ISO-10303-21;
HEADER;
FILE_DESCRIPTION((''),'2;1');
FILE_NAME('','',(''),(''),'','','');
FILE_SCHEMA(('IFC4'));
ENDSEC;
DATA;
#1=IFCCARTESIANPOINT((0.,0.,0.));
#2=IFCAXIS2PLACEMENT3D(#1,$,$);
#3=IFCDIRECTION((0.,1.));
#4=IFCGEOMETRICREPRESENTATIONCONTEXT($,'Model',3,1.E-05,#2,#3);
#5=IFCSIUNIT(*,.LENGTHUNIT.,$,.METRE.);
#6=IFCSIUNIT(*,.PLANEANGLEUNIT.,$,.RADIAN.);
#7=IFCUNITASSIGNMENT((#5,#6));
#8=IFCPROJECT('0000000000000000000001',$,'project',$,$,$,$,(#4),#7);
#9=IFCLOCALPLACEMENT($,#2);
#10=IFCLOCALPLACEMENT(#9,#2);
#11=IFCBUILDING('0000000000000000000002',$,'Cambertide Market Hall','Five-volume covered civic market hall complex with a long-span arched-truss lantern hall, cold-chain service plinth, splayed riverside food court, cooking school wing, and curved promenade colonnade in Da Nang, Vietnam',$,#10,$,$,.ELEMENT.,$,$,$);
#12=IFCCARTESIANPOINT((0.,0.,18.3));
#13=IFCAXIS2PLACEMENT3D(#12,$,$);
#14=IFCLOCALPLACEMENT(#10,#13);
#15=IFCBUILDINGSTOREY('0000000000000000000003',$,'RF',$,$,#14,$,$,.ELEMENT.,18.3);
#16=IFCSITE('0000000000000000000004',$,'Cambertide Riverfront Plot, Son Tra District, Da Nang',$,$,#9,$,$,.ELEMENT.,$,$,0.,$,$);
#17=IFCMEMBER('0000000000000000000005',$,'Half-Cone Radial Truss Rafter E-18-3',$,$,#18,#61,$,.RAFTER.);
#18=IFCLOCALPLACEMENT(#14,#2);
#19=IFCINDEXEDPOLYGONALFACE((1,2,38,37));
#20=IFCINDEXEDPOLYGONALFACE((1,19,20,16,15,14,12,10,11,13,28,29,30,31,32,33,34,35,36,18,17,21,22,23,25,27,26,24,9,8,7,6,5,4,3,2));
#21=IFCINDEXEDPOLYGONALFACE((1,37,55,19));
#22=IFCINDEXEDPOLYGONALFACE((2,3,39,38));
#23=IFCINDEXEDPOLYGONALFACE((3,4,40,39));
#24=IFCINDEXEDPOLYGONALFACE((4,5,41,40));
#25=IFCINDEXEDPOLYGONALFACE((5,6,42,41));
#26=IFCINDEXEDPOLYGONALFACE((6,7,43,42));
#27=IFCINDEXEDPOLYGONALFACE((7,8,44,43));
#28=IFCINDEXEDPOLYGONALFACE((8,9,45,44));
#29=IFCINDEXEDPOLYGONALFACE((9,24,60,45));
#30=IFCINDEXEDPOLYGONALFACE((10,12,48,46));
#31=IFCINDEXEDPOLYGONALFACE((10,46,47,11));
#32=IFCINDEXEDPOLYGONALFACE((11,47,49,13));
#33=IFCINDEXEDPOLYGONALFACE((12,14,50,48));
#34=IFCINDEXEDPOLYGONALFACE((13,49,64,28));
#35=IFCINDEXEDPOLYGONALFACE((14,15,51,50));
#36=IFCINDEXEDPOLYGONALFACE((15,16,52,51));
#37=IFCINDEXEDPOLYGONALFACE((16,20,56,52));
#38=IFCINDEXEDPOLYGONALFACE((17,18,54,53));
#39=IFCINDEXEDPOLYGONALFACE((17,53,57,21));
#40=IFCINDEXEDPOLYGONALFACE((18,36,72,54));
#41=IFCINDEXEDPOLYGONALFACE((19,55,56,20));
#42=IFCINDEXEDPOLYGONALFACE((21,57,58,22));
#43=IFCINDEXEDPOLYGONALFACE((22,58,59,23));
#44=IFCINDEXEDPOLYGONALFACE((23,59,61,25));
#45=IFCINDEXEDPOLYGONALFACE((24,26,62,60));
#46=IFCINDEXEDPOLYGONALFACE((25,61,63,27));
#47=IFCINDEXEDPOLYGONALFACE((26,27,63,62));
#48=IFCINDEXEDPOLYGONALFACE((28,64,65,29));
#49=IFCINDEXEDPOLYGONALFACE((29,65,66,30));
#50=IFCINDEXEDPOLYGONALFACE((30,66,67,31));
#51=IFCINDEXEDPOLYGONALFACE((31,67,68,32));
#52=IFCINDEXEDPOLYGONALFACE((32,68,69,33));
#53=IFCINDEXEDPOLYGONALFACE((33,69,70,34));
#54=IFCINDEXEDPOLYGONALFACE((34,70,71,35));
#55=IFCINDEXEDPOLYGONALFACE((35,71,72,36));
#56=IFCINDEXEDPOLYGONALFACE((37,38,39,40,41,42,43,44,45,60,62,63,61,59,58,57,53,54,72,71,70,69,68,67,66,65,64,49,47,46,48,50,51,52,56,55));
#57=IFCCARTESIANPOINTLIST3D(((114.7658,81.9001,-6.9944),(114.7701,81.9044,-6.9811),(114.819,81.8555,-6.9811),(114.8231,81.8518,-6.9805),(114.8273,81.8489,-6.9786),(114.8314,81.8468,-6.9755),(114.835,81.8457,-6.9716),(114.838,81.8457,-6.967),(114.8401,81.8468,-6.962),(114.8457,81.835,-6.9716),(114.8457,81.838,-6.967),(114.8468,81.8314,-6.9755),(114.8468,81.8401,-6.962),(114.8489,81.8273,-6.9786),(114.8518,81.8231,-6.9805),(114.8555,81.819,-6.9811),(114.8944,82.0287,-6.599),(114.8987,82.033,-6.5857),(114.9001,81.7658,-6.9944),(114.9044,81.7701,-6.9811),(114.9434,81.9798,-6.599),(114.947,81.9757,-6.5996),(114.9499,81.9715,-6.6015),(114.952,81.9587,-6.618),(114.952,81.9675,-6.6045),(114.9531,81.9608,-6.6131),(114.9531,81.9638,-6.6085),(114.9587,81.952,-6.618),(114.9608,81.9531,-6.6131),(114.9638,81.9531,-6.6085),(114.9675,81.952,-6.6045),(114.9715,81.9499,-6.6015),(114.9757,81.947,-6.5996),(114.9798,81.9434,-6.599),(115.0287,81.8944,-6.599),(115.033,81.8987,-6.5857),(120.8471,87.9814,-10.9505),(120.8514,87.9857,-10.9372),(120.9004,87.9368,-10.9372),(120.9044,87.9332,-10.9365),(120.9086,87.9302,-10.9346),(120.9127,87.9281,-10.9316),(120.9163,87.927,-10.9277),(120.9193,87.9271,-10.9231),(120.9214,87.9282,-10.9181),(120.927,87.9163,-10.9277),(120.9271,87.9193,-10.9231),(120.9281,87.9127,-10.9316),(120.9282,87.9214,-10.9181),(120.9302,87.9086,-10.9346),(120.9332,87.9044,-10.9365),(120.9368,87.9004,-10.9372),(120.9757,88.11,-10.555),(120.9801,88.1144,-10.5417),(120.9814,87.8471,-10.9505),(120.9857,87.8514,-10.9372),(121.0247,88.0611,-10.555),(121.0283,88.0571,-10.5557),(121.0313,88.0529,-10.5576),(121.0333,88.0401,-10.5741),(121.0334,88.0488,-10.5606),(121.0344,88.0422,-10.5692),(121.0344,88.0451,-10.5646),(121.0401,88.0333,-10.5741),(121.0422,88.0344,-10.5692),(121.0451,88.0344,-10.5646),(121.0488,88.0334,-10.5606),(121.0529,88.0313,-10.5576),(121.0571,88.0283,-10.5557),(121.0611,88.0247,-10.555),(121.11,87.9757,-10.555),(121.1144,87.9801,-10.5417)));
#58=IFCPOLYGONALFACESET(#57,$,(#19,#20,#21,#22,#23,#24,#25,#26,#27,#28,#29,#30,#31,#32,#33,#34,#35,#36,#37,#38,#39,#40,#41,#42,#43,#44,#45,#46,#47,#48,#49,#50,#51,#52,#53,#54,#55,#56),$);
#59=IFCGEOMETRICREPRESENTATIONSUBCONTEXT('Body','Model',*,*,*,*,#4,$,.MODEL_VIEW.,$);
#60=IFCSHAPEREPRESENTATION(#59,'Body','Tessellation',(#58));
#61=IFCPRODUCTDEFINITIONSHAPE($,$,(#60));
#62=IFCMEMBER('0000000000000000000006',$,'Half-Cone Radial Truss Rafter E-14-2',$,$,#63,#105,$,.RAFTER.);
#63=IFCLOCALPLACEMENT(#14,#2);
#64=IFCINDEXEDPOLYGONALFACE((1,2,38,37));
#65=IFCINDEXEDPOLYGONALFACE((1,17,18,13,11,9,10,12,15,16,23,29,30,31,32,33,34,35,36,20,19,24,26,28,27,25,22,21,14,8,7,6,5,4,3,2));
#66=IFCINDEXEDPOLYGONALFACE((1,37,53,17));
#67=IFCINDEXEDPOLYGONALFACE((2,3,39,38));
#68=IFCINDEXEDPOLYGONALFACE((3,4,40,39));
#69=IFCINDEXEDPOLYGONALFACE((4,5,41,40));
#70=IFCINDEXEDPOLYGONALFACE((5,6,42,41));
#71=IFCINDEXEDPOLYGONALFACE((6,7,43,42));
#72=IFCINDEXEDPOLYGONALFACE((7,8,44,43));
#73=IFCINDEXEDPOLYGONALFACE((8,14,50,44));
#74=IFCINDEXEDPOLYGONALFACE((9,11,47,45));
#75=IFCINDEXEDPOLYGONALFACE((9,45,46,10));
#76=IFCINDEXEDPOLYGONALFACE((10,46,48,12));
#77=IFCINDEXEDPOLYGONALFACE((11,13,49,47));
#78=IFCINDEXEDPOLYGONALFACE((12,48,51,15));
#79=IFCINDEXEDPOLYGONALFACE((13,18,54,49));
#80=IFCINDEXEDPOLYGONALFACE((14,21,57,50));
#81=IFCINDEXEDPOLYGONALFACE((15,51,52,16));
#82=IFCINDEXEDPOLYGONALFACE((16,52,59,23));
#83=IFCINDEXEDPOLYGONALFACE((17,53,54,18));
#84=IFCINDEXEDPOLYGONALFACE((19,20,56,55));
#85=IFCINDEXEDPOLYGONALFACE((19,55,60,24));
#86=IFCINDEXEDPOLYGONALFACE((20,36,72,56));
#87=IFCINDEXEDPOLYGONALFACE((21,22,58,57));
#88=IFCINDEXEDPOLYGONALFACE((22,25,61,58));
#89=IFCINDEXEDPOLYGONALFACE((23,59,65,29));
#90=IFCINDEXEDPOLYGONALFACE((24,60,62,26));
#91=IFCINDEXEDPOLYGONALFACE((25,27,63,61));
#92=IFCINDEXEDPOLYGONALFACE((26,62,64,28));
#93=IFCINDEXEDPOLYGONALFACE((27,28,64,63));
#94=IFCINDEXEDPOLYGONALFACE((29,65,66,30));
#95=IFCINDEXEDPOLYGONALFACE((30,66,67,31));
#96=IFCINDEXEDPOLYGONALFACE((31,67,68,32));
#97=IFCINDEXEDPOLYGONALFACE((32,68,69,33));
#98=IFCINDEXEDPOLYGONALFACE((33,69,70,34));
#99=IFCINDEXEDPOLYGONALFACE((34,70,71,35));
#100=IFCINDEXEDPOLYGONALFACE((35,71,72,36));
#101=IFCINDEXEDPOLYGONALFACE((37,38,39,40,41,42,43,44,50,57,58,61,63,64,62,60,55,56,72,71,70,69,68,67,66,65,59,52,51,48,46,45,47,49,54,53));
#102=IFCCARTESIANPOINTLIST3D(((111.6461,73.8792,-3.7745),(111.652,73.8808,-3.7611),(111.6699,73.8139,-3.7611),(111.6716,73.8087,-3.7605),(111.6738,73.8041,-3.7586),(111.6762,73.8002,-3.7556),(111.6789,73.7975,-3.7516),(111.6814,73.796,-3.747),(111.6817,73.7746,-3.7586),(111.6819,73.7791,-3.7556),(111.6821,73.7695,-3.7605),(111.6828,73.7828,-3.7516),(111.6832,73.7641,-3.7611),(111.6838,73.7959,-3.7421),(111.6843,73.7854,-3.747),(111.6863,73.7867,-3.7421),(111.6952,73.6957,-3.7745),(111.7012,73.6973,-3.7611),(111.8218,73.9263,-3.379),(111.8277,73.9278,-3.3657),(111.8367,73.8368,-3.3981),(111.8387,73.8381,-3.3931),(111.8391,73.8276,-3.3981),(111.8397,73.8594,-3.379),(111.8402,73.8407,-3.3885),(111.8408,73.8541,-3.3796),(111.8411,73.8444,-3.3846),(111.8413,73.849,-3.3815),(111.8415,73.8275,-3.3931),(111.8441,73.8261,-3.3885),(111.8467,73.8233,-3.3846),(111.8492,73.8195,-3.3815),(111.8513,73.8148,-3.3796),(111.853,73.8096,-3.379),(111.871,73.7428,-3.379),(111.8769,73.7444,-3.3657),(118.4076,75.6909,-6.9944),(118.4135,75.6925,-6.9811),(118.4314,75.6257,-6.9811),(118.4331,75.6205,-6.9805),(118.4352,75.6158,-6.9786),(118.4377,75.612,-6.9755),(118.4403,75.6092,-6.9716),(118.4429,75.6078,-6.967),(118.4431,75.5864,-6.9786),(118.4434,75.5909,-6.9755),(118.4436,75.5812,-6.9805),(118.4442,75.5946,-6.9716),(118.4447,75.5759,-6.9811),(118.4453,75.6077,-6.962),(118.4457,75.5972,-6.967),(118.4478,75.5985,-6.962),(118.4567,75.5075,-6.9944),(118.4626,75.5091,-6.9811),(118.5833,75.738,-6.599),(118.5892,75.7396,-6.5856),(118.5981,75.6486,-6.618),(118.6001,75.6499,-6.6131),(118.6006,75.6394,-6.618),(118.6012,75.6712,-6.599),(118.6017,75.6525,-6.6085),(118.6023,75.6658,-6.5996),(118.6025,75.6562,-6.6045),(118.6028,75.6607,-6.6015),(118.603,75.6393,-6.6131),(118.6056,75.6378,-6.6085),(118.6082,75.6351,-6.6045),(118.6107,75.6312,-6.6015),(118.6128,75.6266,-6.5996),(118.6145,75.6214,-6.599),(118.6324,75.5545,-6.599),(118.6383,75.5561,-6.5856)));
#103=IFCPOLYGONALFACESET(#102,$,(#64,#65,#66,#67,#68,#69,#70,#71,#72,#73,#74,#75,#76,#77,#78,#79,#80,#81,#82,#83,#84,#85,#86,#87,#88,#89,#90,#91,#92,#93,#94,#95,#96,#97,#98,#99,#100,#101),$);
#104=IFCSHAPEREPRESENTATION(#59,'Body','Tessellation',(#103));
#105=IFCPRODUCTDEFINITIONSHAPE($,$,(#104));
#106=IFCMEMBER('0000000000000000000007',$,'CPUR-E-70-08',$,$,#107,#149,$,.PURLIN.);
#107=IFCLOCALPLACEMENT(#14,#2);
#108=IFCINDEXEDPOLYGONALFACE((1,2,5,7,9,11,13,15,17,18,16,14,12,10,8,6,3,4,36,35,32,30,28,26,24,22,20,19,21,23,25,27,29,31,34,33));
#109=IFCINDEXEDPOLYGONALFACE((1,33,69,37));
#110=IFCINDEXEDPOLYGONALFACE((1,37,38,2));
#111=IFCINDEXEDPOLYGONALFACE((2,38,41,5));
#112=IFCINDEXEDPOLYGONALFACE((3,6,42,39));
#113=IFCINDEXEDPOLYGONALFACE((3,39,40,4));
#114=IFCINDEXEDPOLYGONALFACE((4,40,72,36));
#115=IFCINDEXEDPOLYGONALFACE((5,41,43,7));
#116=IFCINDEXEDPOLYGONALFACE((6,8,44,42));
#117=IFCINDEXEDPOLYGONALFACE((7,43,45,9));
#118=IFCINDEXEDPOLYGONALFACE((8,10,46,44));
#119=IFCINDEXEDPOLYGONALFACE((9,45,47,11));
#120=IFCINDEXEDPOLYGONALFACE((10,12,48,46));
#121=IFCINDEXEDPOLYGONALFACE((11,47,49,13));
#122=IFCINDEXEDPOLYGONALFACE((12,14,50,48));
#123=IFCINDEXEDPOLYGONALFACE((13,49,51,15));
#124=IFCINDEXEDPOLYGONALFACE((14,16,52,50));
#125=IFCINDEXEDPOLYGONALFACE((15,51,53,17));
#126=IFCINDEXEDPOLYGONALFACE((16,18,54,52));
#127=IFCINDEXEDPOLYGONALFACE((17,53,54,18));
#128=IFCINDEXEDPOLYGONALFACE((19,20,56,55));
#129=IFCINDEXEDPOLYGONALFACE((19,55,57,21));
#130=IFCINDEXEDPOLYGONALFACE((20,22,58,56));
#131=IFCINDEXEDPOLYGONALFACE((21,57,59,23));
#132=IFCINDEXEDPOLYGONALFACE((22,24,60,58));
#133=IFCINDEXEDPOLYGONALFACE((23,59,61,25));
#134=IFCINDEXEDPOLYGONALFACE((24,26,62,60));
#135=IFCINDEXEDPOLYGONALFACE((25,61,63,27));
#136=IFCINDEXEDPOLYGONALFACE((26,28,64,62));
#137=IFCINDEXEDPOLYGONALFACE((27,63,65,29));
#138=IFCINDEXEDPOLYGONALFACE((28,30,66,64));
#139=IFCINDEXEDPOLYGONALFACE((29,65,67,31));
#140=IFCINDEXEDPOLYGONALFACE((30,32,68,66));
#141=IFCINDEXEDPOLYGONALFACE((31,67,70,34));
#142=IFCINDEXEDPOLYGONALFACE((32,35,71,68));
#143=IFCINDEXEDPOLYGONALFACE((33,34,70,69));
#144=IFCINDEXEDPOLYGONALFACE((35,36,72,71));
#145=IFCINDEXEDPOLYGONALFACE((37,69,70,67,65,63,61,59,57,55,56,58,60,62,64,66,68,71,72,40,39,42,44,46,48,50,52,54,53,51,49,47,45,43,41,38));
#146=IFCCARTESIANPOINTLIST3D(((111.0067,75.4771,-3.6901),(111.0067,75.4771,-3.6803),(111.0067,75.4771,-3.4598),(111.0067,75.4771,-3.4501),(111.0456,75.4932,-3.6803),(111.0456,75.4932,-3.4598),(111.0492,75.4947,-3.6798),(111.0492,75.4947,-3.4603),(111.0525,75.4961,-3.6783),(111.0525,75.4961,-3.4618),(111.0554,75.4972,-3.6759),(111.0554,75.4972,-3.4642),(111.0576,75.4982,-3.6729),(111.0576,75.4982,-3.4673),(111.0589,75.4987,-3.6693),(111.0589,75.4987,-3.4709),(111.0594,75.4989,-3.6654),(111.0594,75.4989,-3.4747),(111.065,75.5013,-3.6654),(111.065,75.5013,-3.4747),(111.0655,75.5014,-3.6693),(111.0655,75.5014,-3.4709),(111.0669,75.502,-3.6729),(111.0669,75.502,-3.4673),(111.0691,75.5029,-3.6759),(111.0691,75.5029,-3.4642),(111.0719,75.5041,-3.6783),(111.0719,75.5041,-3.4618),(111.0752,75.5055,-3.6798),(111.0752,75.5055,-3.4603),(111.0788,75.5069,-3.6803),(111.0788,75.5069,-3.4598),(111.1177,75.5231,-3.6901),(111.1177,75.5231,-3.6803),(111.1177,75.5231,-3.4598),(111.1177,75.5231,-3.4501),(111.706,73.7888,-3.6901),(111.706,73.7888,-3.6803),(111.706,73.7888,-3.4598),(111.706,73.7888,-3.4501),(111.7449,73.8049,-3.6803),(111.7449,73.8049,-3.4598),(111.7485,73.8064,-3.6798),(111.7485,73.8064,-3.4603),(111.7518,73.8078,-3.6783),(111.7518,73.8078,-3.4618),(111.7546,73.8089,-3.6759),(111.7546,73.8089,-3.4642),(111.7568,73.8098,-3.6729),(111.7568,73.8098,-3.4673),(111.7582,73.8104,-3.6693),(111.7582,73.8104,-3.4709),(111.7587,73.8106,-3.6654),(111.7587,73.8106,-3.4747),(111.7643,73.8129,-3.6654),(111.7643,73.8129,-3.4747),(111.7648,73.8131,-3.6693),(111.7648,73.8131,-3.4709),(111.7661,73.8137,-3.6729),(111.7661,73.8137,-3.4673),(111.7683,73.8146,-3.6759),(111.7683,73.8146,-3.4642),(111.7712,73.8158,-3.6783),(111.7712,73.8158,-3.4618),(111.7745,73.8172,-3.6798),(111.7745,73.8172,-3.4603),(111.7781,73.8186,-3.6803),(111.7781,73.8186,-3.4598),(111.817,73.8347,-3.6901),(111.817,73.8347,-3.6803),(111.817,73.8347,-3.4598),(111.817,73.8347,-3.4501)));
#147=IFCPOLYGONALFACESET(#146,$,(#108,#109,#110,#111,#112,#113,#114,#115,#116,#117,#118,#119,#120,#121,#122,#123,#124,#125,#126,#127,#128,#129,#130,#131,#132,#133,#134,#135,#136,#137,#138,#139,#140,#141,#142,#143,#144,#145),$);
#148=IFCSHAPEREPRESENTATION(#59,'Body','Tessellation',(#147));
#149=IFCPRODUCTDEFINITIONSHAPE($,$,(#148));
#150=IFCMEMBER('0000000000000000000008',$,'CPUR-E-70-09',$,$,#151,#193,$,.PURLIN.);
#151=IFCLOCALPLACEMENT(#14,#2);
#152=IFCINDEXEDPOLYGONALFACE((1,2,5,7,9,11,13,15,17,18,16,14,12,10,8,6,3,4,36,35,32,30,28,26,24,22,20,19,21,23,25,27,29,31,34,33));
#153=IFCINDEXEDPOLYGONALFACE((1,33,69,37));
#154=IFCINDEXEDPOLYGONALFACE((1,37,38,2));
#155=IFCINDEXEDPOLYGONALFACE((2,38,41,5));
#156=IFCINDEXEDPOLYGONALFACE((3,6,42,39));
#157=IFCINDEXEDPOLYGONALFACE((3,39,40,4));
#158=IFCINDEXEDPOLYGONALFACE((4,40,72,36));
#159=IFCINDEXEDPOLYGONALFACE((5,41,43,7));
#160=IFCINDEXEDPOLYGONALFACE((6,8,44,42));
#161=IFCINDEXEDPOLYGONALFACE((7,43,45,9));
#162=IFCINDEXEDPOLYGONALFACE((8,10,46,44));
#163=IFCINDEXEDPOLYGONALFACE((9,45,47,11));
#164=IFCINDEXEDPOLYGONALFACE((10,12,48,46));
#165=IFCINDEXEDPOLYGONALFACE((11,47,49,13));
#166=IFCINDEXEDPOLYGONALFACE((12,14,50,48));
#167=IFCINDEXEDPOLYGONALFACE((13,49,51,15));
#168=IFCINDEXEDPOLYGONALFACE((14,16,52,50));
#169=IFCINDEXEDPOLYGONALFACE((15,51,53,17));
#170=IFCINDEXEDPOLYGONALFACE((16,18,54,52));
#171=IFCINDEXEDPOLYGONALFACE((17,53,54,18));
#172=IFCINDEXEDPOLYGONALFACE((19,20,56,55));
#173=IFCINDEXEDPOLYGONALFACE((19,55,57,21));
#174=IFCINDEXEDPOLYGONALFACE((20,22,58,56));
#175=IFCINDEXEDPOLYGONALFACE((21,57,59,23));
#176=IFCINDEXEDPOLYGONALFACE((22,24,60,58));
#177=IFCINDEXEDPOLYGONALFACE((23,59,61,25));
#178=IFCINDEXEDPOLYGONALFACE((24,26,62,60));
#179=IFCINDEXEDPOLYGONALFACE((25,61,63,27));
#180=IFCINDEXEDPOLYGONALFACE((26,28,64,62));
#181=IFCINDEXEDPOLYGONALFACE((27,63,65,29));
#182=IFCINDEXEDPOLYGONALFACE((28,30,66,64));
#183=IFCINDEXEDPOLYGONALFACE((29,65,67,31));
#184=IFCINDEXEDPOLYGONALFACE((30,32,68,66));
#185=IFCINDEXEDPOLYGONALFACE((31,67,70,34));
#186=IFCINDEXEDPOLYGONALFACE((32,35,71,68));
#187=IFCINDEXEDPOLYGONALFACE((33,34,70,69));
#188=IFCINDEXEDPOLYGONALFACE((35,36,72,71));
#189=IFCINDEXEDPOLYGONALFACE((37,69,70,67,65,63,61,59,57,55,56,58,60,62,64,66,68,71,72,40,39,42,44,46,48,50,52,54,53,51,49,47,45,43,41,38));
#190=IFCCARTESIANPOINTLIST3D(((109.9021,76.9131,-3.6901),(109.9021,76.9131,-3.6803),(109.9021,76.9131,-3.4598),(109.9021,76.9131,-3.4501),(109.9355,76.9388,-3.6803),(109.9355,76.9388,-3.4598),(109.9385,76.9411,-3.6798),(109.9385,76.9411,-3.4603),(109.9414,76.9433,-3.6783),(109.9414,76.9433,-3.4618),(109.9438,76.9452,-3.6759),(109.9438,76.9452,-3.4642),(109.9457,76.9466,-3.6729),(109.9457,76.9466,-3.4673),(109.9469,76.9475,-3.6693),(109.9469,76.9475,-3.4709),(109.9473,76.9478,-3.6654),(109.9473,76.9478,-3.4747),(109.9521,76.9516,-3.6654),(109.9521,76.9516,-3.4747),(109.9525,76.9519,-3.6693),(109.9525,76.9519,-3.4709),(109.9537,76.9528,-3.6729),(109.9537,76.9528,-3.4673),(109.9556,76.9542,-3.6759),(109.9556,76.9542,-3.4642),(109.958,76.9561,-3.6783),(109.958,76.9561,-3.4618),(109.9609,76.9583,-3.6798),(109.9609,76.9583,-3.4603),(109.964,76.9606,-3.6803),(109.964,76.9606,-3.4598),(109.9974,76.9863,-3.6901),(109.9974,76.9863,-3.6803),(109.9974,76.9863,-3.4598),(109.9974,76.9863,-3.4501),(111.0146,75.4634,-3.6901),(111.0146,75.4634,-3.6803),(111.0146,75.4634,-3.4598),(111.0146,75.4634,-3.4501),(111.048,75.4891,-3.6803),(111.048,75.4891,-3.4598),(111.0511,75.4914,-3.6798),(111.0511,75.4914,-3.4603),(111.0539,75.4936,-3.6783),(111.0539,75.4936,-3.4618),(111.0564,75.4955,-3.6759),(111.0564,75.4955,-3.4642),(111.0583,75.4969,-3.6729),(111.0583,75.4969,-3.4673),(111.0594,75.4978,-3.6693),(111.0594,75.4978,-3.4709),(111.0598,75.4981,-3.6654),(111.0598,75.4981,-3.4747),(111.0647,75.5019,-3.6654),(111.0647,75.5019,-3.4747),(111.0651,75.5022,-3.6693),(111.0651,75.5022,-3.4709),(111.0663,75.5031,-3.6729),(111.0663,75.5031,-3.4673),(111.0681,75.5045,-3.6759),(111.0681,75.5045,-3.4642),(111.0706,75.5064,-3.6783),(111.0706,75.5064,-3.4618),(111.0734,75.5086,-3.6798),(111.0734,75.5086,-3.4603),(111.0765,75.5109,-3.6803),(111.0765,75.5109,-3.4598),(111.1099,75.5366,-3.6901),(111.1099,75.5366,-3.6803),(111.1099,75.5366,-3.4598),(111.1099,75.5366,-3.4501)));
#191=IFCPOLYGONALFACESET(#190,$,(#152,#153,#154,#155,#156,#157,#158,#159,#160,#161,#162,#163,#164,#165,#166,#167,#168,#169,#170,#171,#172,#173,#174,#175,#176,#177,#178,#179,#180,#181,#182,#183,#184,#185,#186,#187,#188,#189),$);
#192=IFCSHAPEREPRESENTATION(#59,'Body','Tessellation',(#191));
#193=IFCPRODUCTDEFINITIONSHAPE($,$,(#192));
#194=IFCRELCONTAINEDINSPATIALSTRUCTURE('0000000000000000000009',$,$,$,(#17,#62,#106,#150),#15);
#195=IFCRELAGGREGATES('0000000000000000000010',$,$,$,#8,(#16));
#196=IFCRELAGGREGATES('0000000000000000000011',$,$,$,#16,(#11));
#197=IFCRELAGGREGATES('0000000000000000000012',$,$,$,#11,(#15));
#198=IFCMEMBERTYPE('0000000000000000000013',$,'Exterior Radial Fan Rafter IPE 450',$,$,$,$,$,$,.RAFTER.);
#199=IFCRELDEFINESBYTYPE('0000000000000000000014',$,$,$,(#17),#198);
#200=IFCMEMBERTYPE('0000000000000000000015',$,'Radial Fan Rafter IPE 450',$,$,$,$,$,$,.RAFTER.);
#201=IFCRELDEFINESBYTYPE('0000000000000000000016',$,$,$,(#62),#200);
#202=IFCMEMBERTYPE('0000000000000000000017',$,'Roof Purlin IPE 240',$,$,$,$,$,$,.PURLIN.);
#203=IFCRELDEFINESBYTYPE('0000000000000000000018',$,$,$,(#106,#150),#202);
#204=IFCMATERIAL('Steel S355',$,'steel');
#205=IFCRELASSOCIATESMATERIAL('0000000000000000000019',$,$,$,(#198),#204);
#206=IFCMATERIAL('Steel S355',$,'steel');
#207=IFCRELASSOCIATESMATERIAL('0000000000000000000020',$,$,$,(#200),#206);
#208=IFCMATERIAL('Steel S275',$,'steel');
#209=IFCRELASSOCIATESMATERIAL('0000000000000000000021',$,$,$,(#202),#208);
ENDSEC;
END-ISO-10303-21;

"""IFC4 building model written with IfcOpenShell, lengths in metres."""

from ifc_helpers import new_model, si_unit, direction, frame, origin, origin_2d, place, context, subcontext, project, spatial, i_section, extrude, material, material_profile, profile_set, type_object, element, save


model = new_model("IFC4")

# Units and contexts
model_context = context("Model", 3, precision=1e-05, world=origin(), true_north=direction((0.0, 1.0)))
body_context = subcontext(model_context, "Body", "Model", "MODEL_VIEW")
ifc_project = project(units=[si_unit("LENGTHUNIT", "METRE"), si_unit("PLANEANGLEUNIT", "RADIAN")], contexts=[model_context])

# Site, building, storey
site_placement = place(None, origin())
site = spatial("IfcSite", under=ifc_project, at=site_placement, Name="Cambertide Riverfront Plot, Son Tra District, Da Nang", CompositionType="ELEMENT", RefElevation=0.0)
building_placement = place(site_placement, origin())
building = spatial("IfcBuilding", under=site, at=building_placement, Name="Cambertide Market Hall", Description="Five-volume covered civic market hall complex with a long-span arched-truss lantern hall, cold-chain service plinth, splayed riverside food court, cooking school wing, and curved promenade colonnade in Da Nang, Vietnam", CompositionType="ELEMENT")
storey_placement = place(building_placement, frame((0.0, 0.0, 18.3)))
storey = spatial("IfcBuildingStorey", under=building, at=storey_placement, Name="RF", CompositionType="ELEMENT", Elevation=18.3)

# Members
ifc_material_1 = material(Name="Steel S355", Category="steel")
ifc_material_profile_1 = material_profile(ifc_material_1, i_section(OverallWidth=0.1899, OverallDepth=0.45, WebThickness=0.0095, FlangeThickness=0.0146, FilletRadius=0.021, at=origin_2d()), Name="IPE 450")
ifc_profile_set_1 = profile_set([ifc_material_profile_1], Name="Steel S355")
member_type_1 = type_object("IfcMemberType", Name="Exterior Radial Fan Rafter IPE 450", PredefinedType="RAFTER", material=ifc_profile_set_1)
for number, where, z_axis, x_axis, name in (
    (1, (114.8994, 81.8994, -6.79), (0.642402, 0.642402, -0.4179), (-0.707107, 0.707107, 0.0), "Half-Cone Radial Truss Rafter E-18-3"),
):
    element("IfcMember", number, at=place(storey_placement, frame(where, z_axis=z_axis, x_axis=x_axis)), inside=storey, type_object=member_type_1, Name=name, PredefinedType="RAFTER", context=body_context, shape_type="SweptSolid", body=[
        extrude(i_section(OverallWidth=0.1899, OverallDepth=0.45, WebThickness=0.0095, FlangeThickness=0.0146, FilletRadius=0.021, at=origin_2d()), origin(), (0.0, 0.0, 1.0), 9.4666),
    ])
ifc_material_2 = material(Name="Steel S355", Category="steel")
ifc_material_profile_2 = material_profile(ifc_material_2, i_section(OverallWidth=0.1899, OverallDepth=0.45, WebThickness=0.0095, FlangeThickness=0.0146, FilletRadius=0.021, at=origin_2d()), Name="IPE 450")
ifc_profile_set_2 = profile_set([ifc_material_profile_2], Name="Steel S355")
member_type_2 = type_object("IfcMemberType", Name="Radial Fan Rafter IPE 450", PredefinedType="RAFTER", material=ifc_profile_set_2)
member_1_placement = place(storey_placement, frame((111.7615, 73.8118, -3.5701), z_axis=(0.877535, 0.235139, -0.417902), x_axis=(-0.258824, 0.965925, 0.0)))
element("IfcMember", 2, at=member_1_placement, inside=storey, type_object=member_type_2, Name="Half-Cone Radial Truss Rafter E-14-2", PredefinedType="RAFTER", context=body_context, shape_type="SweptSolid", body=[
    extrude(i_section(OverallWidth=0.1899, OverallDepth=0.45, WebThickness=0.0095, FlangeThickness=0.0146, FilletRadius=0.021, at=origin_2d()), origin(), (0.0, 0.0, 1.0), 7.7051),
])
ifc_material_3 = material(Name="Steel S275", Category="steel")
ifc_material_profile_3 = material_profile(ifc_material_3, i_section(OverallWidth=0.1201, OverallDepth=0.24, WebThickness=0.0061, FlangeThickness=0.0098, FilletRadius=0.0149, at=origin_2d()), Name="IPE 240")
ifc_profile_set_3 = profile_set([ifc_material_profile_3], Name="Steel S275")
member_type_3 = type_object("IfcMemberType", Name="Roof Purlin IPE 240", PredefinedType="PURLIN", material=ifc_profile_set_3)
for number, where, z_axis, x_axis, name in (
    (3, (111.7615, 73.8118, -3.5701), (-0.382651, 0.923893, 0.0), (-0.923893, -0.382651, 0.0), "CPUR-E-70-08"),
    (4, (111.0623, 75.5, -3.5701), (-0.608813, 0.793314, 0.0), (-0.793314, -0.608813, 0.0), "CPUR-E-70-09"),
):
    element("IfcMember", number, at=place(storey_placement, frame(where, z_axis=z_axis, x_axis=x_axis)), inside=storey, type_object=member_type_3, Name=name, PredefinedType="PURLIN", context=body_context, shape_type="SweptSolid", body=[
        extrude(i_section(OverallWidth=0.1201, OverallDepth=0.24, WebThickness=0.0061, FlangeThickness=0.0098, FilletRadius=0.0149, at=origin_2d()), origin(), (0.0, 0.0, 1.0), 1.8274),
    ])

save(model, "model.ifc")
